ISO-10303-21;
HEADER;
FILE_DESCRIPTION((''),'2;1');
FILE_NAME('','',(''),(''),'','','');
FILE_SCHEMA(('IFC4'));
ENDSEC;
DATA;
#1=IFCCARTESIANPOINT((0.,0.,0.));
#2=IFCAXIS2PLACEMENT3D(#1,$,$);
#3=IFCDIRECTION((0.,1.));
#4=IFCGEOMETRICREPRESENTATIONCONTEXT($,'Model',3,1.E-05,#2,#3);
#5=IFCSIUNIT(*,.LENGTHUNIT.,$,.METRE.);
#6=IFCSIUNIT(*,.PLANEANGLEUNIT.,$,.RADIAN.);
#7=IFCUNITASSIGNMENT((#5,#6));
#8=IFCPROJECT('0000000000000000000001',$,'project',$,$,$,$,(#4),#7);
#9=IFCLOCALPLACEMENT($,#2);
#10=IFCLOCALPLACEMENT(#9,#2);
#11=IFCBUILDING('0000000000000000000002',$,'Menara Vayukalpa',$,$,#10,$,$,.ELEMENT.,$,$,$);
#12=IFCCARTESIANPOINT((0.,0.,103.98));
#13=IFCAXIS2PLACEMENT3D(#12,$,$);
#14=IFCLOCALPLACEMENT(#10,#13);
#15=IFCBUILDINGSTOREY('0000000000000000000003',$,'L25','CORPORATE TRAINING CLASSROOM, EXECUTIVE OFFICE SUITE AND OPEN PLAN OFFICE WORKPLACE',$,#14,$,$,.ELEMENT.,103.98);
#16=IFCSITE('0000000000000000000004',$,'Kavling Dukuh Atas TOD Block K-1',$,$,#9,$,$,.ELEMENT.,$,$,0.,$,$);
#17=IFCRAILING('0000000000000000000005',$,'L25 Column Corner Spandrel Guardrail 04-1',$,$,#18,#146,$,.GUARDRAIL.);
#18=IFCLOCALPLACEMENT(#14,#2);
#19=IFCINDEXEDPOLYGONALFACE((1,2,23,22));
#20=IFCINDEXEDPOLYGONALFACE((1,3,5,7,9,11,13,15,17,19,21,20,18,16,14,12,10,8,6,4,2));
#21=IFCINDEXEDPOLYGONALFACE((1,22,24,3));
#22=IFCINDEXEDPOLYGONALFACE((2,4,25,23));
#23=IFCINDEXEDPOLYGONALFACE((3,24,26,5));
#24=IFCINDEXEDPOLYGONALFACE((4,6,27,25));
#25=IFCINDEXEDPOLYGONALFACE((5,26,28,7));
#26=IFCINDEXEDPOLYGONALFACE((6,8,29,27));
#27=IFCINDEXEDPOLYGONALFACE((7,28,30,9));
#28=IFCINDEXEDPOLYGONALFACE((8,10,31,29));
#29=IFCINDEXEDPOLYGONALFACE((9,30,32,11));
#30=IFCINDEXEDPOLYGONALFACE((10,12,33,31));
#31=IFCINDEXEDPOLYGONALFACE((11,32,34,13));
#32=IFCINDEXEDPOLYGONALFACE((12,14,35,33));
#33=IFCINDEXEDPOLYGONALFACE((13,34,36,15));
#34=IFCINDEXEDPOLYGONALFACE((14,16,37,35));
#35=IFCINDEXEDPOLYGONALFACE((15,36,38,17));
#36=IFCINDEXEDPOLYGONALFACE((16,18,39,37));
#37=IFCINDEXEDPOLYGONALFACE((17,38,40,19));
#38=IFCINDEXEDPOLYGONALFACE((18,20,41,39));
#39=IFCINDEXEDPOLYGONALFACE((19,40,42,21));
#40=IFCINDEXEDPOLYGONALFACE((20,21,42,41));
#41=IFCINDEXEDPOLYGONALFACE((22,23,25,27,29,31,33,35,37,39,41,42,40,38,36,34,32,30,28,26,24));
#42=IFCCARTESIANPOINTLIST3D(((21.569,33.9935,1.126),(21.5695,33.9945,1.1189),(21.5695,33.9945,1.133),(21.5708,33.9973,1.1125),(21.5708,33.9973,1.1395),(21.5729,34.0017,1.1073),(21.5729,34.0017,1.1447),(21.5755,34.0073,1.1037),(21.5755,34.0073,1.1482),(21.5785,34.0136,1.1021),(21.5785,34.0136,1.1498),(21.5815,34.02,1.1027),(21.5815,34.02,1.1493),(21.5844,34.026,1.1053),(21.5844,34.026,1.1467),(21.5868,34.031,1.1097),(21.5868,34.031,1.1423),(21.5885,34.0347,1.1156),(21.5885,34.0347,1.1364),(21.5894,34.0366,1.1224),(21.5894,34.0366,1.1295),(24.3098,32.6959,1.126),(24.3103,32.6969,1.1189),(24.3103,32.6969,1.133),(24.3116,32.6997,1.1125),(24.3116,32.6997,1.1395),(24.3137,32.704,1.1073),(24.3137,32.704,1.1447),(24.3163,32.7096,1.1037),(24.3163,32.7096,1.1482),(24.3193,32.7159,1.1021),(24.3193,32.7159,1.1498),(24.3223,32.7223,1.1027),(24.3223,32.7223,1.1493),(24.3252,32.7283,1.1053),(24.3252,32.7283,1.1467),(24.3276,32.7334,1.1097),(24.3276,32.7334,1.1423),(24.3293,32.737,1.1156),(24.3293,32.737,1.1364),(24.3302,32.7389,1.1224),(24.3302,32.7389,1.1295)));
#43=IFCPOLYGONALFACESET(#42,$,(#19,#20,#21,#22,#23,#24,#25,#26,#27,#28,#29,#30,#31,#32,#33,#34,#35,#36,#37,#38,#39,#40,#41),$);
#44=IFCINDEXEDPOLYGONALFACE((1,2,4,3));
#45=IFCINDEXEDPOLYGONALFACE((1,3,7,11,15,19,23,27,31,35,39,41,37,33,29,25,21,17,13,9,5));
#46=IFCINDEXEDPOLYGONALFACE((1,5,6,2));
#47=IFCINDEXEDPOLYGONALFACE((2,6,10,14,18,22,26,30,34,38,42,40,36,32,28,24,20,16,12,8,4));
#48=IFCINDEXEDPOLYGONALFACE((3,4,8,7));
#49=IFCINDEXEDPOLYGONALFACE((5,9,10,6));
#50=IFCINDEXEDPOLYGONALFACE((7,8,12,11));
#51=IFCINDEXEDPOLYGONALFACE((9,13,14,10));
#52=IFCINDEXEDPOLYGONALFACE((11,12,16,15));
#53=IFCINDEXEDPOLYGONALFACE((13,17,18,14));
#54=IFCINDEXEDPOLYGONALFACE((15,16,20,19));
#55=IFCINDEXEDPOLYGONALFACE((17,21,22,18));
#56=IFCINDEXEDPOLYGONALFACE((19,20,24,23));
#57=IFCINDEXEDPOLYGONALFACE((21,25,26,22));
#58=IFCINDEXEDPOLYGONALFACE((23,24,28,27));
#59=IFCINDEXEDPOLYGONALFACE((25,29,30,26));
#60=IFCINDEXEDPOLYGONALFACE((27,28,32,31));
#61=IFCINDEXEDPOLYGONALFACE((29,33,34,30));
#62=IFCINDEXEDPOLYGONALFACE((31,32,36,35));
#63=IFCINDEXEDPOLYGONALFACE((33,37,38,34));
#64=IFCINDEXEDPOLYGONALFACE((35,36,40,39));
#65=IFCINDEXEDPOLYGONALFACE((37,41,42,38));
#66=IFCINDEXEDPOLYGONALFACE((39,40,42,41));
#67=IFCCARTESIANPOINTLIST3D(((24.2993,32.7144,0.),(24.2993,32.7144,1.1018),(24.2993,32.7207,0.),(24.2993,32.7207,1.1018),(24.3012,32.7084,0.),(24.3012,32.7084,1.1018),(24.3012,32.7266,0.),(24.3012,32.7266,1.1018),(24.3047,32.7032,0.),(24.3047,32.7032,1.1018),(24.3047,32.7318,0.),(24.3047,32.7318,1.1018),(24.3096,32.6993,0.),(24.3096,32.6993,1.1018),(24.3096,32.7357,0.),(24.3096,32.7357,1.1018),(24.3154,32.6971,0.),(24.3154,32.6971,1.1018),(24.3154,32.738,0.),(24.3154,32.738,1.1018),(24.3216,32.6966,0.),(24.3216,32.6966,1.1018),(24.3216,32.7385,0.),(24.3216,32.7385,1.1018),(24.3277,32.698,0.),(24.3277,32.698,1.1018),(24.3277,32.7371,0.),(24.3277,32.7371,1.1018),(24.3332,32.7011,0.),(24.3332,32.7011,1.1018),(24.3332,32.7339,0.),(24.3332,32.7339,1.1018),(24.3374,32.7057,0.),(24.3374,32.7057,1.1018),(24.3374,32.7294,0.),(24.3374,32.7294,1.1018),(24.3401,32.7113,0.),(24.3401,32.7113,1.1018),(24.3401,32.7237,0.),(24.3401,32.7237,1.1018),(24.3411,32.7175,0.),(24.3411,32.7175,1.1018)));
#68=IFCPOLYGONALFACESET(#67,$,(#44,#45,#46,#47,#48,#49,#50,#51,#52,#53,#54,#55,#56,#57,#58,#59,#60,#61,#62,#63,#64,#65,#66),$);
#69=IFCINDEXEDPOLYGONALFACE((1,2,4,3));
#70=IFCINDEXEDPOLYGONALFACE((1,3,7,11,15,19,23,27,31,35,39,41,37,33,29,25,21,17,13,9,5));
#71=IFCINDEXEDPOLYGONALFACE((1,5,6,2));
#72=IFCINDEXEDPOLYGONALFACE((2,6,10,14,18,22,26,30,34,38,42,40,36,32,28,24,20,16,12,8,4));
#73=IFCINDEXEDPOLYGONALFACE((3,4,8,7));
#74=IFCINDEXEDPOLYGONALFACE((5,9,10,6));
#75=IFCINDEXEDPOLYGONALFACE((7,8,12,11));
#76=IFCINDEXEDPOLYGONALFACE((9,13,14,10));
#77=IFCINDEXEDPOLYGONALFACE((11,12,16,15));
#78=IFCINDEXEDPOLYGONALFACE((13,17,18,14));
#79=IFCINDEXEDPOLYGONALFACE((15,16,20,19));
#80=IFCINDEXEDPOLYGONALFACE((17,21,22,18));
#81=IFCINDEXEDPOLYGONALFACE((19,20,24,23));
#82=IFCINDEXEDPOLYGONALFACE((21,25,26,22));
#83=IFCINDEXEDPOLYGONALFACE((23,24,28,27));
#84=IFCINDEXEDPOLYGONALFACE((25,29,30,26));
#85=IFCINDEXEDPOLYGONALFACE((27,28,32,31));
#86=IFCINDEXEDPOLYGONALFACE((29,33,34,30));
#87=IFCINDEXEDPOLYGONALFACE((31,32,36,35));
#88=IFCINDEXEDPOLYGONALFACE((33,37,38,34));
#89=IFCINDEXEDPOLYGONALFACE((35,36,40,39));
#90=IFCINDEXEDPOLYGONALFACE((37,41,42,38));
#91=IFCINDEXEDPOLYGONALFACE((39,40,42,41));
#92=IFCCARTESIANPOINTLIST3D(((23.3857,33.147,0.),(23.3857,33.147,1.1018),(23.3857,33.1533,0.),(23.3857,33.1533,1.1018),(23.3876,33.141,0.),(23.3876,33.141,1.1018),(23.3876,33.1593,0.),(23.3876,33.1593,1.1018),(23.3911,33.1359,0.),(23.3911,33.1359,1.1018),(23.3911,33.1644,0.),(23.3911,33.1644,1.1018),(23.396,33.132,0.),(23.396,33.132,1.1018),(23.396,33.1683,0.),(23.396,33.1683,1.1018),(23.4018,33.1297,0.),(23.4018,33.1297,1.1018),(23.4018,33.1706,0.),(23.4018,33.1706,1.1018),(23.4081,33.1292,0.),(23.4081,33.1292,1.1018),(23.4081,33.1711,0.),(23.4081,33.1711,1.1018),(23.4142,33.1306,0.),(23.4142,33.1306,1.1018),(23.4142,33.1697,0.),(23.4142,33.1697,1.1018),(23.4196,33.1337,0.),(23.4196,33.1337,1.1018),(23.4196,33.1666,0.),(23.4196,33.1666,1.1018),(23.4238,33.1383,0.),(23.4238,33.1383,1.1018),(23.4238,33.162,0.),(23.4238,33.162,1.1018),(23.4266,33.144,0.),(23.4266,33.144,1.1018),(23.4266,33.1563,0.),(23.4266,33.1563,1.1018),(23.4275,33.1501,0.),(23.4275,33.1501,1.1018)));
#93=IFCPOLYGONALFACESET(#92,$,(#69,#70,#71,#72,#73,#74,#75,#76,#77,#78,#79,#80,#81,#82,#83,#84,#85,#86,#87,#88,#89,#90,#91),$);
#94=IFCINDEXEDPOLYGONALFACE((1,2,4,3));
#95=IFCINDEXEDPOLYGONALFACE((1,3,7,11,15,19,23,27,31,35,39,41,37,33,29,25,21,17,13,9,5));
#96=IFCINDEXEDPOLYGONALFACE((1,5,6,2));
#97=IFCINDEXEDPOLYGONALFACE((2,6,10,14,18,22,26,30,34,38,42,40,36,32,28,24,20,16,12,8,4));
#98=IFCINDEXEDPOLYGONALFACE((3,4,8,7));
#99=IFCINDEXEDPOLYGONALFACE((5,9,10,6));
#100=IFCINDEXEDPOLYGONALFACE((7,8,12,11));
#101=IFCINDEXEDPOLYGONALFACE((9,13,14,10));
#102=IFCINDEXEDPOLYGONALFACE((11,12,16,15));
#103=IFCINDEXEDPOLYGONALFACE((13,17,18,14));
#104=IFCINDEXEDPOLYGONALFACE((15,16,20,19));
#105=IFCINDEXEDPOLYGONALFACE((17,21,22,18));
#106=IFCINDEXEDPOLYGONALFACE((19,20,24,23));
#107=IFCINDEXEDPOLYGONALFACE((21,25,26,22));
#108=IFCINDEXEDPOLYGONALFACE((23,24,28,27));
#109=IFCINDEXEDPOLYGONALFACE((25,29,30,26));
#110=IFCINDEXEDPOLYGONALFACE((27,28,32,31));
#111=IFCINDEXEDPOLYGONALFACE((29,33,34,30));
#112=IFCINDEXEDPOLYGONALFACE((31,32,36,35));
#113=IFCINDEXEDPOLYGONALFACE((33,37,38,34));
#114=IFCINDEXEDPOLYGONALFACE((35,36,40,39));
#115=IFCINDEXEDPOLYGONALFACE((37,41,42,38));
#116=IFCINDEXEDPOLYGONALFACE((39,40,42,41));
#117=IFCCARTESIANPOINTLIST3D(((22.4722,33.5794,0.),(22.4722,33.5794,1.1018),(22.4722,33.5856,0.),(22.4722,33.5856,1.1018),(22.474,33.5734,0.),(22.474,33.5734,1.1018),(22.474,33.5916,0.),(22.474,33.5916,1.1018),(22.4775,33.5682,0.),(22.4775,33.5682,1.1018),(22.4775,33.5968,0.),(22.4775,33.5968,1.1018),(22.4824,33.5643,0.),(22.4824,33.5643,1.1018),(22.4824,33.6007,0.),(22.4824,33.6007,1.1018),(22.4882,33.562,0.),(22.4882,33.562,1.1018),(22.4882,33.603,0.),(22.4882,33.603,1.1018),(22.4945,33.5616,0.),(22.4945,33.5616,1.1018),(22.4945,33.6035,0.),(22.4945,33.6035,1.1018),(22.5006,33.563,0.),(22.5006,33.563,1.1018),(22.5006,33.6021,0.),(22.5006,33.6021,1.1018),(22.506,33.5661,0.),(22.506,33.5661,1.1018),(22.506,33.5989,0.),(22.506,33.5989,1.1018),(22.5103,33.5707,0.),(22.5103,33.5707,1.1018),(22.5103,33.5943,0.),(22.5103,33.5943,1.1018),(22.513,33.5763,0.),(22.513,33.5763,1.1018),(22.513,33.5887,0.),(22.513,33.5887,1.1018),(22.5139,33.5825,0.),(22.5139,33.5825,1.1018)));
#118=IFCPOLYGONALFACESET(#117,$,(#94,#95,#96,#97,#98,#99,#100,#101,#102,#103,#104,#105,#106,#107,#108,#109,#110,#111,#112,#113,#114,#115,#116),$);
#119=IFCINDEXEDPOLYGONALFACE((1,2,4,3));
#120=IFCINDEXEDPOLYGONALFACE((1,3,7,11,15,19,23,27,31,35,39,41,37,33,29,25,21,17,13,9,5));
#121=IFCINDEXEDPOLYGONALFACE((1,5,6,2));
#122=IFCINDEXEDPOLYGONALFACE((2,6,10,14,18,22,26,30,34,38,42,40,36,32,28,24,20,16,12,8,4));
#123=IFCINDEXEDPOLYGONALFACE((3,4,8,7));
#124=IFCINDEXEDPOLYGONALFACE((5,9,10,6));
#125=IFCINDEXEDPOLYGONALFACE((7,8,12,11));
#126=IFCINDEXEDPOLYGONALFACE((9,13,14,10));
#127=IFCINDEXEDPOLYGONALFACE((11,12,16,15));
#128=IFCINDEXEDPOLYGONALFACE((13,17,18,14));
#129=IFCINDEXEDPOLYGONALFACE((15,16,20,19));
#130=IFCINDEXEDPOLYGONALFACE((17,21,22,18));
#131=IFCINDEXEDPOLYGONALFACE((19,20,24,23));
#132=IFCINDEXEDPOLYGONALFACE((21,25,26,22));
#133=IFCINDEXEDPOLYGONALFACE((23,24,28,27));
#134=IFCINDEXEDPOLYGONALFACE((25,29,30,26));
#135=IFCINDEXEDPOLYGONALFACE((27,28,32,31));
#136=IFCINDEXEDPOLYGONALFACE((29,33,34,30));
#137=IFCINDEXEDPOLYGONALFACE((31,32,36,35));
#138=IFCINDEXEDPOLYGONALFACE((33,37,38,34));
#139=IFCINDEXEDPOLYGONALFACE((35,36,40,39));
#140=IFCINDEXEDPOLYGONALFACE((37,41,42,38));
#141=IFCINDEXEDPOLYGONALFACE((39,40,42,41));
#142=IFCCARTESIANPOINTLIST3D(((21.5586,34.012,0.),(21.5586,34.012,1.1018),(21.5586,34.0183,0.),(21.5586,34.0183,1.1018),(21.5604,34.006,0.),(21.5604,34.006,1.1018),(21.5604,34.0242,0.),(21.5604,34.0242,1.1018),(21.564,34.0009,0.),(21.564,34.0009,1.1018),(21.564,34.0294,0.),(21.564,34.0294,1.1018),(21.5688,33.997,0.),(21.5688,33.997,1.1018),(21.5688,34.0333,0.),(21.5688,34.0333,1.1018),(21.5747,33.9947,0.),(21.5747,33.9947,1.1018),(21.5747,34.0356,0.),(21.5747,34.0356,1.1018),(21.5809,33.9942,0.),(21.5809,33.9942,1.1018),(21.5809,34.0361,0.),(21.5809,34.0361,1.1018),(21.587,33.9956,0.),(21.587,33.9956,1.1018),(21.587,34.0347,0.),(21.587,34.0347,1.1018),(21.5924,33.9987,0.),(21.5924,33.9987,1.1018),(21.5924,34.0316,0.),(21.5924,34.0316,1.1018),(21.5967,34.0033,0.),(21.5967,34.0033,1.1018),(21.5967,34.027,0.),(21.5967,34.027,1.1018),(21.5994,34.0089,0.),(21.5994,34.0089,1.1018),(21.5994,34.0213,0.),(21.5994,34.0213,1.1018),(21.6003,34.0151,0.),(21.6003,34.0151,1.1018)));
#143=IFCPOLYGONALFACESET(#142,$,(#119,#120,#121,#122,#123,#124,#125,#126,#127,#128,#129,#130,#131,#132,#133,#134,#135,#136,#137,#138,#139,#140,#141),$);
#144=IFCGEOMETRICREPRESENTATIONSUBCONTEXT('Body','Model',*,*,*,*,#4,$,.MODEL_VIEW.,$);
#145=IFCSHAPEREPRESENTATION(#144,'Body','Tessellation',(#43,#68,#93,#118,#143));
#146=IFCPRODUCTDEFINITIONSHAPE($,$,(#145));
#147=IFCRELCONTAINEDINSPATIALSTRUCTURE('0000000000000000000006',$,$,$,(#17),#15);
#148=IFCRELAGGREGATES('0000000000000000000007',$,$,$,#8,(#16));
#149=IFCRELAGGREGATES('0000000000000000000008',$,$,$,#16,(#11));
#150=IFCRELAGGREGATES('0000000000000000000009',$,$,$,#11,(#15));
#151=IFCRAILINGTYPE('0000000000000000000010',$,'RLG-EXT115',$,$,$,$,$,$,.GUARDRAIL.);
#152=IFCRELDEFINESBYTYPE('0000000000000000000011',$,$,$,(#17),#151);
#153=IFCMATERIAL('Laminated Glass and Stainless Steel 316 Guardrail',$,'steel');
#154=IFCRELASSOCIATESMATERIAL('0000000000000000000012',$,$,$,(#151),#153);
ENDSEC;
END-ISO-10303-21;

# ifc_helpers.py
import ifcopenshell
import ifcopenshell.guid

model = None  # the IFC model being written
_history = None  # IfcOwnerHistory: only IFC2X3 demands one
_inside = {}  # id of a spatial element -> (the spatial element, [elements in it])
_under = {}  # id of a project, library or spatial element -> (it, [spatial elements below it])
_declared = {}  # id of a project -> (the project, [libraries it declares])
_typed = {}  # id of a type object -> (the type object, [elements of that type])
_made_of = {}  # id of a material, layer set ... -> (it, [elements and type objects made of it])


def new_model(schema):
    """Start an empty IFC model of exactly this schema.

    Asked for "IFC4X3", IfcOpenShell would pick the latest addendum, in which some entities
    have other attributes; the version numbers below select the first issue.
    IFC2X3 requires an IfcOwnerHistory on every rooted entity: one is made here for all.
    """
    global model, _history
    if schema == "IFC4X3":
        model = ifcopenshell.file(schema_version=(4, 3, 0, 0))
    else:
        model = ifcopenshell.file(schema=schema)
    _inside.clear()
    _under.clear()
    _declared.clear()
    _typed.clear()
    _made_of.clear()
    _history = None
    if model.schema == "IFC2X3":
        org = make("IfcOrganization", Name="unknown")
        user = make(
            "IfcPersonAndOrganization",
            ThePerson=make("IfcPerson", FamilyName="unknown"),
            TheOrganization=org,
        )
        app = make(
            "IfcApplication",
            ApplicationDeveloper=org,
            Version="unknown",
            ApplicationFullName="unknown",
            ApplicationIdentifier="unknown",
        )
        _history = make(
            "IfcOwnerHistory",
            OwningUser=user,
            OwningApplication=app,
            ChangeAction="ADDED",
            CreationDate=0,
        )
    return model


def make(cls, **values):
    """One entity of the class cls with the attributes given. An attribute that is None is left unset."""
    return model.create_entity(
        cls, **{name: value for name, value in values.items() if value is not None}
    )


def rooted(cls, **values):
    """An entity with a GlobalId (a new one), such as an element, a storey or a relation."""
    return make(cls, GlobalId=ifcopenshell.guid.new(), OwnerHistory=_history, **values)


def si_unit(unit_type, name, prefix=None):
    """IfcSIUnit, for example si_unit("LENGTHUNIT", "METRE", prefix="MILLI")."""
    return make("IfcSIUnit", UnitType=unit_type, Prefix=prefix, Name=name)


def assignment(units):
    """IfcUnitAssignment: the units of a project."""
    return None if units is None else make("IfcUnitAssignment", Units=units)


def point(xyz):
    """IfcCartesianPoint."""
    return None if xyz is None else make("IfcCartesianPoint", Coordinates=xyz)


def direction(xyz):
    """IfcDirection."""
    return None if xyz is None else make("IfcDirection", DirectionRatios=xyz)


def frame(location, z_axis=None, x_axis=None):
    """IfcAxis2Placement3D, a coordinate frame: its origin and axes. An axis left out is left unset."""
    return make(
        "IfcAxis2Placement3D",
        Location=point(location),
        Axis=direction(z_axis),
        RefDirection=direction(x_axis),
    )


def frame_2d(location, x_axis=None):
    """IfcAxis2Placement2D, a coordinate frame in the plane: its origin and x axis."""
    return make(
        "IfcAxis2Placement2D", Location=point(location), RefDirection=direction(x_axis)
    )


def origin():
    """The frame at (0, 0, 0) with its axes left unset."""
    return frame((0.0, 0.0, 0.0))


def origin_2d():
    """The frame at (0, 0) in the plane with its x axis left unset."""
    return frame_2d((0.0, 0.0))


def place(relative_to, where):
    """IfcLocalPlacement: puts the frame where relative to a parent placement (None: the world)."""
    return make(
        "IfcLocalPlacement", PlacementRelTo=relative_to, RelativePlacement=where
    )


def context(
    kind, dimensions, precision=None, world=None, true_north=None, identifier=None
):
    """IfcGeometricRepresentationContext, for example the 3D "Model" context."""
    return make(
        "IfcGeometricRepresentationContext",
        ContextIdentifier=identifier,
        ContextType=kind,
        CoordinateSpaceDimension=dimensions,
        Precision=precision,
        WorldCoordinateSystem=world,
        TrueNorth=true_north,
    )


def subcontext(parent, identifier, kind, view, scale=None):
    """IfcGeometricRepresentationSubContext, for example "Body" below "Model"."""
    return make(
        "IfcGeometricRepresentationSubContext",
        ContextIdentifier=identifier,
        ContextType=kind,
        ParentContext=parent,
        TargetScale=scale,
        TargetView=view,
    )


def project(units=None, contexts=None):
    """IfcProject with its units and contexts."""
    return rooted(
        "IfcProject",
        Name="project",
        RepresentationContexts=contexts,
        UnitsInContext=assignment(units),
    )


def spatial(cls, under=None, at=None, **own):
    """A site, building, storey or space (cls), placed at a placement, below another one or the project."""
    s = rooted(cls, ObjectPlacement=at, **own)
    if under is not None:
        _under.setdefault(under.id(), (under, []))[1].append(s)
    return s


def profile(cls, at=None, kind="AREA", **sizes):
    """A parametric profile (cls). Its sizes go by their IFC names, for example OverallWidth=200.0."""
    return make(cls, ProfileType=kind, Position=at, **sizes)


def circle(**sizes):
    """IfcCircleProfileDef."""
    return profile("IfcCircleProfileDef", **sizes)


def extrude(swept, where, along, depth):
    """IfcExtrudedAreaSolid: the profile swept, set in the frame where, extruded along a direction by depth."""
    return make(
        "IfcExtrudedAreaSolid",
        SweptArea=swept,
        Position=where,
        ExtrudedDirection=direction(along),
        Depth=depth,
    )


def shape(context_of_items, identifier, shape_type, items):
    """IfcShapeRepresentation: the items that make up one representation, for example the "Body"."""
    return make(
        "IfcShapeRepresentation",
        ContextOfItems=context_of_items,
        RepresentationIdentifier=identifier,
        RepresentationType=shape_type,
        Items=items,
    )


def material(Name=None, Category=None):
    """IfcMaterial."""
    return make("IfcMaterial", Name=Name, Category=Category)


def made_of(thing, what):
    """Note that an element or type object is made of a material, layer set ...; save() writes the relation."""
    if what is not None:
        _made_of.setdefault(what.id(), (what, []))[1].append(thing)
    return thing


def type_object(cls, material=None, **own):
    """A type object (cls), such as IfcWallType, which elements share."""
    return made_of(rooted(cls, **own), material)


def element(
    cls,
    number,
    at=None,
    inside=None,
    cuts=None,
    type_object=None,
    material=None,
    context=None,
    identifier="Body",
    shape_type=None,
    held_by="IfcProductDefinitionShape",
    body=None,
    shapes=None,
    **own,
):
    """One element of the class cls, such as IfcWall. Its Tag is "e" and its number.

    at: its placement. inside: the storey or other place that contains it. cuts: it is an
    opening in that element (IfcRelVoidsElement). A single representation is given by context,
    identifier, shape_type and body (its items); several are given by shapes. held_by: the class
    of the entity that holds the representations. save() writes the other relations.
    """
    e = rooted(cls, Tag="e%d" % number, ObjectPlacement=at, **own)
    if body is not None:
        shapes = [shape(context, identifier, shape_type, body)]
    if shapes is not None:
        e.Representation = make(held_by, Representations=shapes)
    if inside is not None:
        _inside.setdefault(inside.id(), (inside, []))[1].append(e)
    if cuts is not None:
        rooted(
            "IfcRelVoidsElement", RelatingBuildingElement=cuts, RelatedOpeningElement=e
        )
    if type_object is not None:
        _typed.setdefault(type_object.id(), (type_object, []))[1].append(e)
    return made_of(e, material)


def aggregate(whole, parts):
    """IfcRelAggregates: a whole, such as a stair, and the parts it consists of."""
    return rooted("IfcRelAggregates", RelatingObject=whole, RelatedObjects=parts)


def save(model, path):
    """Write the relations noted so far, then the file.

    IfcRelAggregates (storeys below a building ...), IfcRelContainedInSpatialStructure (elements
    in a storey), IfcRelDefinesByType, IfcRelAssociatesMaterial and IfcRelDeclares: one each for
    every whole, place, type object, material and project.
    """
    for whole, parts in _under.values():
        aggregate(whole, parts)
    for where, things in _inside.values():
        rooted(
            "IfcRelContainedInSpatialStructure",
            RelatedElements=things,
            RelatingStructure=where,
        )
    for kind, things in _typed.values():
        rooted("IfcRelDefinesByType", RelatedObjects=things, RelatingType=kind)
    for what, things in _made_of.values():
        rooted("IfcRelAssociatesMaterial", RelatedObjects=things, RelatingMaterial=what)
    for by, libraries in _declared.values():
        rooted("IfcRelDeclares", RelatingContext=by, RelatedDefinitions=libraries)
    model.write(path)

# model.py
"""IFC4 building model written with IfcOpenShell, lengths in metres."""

from ifc_helpers import new_model, si_unit, direction, frame, origin, origin_2d, place, context, subcontext, project, spatial, circle, extrude, material, type_object, element, save


model = new_model("IFC4")

# Units and contexts
model_context = context("Model", 3, precision=1e-05, world=origin(), true_north=direction((0.0, 1.0)))
body_context = subcontext(model_context, "Body", "Model", "MODEL_VIEW")
ifc_project = project(units=[si_unit("LENGTHUNIT", "METRE"), si_unit("PLANEANGLEUNIT", "RADIAN")], contexts=[model_context])

# Site, building, storey
site_placement = place(None, origin())
site = spatial("IfcSite", under=ifc_project, at=site_placement, Name="Kavling Dukuh Atas TOD Block K-1", CompositionType="ELEMENT", RefElevation=0.0)
building_placement = place(site_placement, origin())
building = spatial("IfcBuilding", under=site, at=building_placement, Name="Menara Vayukalpa", CompositionType="ELEMENT")
storey_placement = place(building_placement, frame((0.0, 0.0, 103.98)))
storey = spatial("IfcBuildingStorey", under=building, at=storey_placement, Name="L25", Description="CORPORATE TRAINING CLASSROOM, EXECUTIVE OFFICE SUITE AND OPEN PLAN OFFICE WORKPLACE", CompositionType="ELEMENT", Elevation=103.98)

# Railing
ifc_material_1 = material(Name="Laminated Glass and Stainless Steel 316 Guardrail", Category="steel")
railing_type_1 = type_object("IfcRailingType", Name="RLG-EXT115", PredefinedType="GUARDRAIL", material=ifc_material_1)
railing_1_placement = place(storey_placement, frame((24.3201, 32.7175, 0.0)))
element("IfcRailing", 1, at=railing_1_placement, inside=storey, type_object=railing_type_1, Name="L25 Column Corner Spandrel Guardrail 04-1", PredefinedType="GUARDRAIL", context=body_context, shape_type="SweptSolid", body=[
    extrude(circle(Radius=0.0239, at=origin_2d()), frame((0.0, 0.0, 1.126), z_axis=(-0.903818, 0.427917, 0.0), x_axis=(-0.427917, -0.903818, 0.0)), (0.0, 0.0, 1.0), 3.0325),
    extrude(circle(Radius=0.021, at=origin_2d()), origin(), (0.0, 0.0, 1.0), 1.1018),
    extrude(circle(Radius=0.021, at=origin_2d()), frame((-0.9136, 0.4326, 0.0)), (0.0, 0.0, 1.0), 1.1018),
    extrude(circle(Radius=0.021, at=origin_2d()), frame((-1.8271, 0.865, 0.0)), (0.0, 0.0, 1.0), 1.1018),
    extrude(circle(Radius=0.021, at=origin_2d()), frame((-2.7407, 1.2976, 0.0)), (0.0, 0.0, 1.0), 1.1018),
])

save(model, "model.ifc")
